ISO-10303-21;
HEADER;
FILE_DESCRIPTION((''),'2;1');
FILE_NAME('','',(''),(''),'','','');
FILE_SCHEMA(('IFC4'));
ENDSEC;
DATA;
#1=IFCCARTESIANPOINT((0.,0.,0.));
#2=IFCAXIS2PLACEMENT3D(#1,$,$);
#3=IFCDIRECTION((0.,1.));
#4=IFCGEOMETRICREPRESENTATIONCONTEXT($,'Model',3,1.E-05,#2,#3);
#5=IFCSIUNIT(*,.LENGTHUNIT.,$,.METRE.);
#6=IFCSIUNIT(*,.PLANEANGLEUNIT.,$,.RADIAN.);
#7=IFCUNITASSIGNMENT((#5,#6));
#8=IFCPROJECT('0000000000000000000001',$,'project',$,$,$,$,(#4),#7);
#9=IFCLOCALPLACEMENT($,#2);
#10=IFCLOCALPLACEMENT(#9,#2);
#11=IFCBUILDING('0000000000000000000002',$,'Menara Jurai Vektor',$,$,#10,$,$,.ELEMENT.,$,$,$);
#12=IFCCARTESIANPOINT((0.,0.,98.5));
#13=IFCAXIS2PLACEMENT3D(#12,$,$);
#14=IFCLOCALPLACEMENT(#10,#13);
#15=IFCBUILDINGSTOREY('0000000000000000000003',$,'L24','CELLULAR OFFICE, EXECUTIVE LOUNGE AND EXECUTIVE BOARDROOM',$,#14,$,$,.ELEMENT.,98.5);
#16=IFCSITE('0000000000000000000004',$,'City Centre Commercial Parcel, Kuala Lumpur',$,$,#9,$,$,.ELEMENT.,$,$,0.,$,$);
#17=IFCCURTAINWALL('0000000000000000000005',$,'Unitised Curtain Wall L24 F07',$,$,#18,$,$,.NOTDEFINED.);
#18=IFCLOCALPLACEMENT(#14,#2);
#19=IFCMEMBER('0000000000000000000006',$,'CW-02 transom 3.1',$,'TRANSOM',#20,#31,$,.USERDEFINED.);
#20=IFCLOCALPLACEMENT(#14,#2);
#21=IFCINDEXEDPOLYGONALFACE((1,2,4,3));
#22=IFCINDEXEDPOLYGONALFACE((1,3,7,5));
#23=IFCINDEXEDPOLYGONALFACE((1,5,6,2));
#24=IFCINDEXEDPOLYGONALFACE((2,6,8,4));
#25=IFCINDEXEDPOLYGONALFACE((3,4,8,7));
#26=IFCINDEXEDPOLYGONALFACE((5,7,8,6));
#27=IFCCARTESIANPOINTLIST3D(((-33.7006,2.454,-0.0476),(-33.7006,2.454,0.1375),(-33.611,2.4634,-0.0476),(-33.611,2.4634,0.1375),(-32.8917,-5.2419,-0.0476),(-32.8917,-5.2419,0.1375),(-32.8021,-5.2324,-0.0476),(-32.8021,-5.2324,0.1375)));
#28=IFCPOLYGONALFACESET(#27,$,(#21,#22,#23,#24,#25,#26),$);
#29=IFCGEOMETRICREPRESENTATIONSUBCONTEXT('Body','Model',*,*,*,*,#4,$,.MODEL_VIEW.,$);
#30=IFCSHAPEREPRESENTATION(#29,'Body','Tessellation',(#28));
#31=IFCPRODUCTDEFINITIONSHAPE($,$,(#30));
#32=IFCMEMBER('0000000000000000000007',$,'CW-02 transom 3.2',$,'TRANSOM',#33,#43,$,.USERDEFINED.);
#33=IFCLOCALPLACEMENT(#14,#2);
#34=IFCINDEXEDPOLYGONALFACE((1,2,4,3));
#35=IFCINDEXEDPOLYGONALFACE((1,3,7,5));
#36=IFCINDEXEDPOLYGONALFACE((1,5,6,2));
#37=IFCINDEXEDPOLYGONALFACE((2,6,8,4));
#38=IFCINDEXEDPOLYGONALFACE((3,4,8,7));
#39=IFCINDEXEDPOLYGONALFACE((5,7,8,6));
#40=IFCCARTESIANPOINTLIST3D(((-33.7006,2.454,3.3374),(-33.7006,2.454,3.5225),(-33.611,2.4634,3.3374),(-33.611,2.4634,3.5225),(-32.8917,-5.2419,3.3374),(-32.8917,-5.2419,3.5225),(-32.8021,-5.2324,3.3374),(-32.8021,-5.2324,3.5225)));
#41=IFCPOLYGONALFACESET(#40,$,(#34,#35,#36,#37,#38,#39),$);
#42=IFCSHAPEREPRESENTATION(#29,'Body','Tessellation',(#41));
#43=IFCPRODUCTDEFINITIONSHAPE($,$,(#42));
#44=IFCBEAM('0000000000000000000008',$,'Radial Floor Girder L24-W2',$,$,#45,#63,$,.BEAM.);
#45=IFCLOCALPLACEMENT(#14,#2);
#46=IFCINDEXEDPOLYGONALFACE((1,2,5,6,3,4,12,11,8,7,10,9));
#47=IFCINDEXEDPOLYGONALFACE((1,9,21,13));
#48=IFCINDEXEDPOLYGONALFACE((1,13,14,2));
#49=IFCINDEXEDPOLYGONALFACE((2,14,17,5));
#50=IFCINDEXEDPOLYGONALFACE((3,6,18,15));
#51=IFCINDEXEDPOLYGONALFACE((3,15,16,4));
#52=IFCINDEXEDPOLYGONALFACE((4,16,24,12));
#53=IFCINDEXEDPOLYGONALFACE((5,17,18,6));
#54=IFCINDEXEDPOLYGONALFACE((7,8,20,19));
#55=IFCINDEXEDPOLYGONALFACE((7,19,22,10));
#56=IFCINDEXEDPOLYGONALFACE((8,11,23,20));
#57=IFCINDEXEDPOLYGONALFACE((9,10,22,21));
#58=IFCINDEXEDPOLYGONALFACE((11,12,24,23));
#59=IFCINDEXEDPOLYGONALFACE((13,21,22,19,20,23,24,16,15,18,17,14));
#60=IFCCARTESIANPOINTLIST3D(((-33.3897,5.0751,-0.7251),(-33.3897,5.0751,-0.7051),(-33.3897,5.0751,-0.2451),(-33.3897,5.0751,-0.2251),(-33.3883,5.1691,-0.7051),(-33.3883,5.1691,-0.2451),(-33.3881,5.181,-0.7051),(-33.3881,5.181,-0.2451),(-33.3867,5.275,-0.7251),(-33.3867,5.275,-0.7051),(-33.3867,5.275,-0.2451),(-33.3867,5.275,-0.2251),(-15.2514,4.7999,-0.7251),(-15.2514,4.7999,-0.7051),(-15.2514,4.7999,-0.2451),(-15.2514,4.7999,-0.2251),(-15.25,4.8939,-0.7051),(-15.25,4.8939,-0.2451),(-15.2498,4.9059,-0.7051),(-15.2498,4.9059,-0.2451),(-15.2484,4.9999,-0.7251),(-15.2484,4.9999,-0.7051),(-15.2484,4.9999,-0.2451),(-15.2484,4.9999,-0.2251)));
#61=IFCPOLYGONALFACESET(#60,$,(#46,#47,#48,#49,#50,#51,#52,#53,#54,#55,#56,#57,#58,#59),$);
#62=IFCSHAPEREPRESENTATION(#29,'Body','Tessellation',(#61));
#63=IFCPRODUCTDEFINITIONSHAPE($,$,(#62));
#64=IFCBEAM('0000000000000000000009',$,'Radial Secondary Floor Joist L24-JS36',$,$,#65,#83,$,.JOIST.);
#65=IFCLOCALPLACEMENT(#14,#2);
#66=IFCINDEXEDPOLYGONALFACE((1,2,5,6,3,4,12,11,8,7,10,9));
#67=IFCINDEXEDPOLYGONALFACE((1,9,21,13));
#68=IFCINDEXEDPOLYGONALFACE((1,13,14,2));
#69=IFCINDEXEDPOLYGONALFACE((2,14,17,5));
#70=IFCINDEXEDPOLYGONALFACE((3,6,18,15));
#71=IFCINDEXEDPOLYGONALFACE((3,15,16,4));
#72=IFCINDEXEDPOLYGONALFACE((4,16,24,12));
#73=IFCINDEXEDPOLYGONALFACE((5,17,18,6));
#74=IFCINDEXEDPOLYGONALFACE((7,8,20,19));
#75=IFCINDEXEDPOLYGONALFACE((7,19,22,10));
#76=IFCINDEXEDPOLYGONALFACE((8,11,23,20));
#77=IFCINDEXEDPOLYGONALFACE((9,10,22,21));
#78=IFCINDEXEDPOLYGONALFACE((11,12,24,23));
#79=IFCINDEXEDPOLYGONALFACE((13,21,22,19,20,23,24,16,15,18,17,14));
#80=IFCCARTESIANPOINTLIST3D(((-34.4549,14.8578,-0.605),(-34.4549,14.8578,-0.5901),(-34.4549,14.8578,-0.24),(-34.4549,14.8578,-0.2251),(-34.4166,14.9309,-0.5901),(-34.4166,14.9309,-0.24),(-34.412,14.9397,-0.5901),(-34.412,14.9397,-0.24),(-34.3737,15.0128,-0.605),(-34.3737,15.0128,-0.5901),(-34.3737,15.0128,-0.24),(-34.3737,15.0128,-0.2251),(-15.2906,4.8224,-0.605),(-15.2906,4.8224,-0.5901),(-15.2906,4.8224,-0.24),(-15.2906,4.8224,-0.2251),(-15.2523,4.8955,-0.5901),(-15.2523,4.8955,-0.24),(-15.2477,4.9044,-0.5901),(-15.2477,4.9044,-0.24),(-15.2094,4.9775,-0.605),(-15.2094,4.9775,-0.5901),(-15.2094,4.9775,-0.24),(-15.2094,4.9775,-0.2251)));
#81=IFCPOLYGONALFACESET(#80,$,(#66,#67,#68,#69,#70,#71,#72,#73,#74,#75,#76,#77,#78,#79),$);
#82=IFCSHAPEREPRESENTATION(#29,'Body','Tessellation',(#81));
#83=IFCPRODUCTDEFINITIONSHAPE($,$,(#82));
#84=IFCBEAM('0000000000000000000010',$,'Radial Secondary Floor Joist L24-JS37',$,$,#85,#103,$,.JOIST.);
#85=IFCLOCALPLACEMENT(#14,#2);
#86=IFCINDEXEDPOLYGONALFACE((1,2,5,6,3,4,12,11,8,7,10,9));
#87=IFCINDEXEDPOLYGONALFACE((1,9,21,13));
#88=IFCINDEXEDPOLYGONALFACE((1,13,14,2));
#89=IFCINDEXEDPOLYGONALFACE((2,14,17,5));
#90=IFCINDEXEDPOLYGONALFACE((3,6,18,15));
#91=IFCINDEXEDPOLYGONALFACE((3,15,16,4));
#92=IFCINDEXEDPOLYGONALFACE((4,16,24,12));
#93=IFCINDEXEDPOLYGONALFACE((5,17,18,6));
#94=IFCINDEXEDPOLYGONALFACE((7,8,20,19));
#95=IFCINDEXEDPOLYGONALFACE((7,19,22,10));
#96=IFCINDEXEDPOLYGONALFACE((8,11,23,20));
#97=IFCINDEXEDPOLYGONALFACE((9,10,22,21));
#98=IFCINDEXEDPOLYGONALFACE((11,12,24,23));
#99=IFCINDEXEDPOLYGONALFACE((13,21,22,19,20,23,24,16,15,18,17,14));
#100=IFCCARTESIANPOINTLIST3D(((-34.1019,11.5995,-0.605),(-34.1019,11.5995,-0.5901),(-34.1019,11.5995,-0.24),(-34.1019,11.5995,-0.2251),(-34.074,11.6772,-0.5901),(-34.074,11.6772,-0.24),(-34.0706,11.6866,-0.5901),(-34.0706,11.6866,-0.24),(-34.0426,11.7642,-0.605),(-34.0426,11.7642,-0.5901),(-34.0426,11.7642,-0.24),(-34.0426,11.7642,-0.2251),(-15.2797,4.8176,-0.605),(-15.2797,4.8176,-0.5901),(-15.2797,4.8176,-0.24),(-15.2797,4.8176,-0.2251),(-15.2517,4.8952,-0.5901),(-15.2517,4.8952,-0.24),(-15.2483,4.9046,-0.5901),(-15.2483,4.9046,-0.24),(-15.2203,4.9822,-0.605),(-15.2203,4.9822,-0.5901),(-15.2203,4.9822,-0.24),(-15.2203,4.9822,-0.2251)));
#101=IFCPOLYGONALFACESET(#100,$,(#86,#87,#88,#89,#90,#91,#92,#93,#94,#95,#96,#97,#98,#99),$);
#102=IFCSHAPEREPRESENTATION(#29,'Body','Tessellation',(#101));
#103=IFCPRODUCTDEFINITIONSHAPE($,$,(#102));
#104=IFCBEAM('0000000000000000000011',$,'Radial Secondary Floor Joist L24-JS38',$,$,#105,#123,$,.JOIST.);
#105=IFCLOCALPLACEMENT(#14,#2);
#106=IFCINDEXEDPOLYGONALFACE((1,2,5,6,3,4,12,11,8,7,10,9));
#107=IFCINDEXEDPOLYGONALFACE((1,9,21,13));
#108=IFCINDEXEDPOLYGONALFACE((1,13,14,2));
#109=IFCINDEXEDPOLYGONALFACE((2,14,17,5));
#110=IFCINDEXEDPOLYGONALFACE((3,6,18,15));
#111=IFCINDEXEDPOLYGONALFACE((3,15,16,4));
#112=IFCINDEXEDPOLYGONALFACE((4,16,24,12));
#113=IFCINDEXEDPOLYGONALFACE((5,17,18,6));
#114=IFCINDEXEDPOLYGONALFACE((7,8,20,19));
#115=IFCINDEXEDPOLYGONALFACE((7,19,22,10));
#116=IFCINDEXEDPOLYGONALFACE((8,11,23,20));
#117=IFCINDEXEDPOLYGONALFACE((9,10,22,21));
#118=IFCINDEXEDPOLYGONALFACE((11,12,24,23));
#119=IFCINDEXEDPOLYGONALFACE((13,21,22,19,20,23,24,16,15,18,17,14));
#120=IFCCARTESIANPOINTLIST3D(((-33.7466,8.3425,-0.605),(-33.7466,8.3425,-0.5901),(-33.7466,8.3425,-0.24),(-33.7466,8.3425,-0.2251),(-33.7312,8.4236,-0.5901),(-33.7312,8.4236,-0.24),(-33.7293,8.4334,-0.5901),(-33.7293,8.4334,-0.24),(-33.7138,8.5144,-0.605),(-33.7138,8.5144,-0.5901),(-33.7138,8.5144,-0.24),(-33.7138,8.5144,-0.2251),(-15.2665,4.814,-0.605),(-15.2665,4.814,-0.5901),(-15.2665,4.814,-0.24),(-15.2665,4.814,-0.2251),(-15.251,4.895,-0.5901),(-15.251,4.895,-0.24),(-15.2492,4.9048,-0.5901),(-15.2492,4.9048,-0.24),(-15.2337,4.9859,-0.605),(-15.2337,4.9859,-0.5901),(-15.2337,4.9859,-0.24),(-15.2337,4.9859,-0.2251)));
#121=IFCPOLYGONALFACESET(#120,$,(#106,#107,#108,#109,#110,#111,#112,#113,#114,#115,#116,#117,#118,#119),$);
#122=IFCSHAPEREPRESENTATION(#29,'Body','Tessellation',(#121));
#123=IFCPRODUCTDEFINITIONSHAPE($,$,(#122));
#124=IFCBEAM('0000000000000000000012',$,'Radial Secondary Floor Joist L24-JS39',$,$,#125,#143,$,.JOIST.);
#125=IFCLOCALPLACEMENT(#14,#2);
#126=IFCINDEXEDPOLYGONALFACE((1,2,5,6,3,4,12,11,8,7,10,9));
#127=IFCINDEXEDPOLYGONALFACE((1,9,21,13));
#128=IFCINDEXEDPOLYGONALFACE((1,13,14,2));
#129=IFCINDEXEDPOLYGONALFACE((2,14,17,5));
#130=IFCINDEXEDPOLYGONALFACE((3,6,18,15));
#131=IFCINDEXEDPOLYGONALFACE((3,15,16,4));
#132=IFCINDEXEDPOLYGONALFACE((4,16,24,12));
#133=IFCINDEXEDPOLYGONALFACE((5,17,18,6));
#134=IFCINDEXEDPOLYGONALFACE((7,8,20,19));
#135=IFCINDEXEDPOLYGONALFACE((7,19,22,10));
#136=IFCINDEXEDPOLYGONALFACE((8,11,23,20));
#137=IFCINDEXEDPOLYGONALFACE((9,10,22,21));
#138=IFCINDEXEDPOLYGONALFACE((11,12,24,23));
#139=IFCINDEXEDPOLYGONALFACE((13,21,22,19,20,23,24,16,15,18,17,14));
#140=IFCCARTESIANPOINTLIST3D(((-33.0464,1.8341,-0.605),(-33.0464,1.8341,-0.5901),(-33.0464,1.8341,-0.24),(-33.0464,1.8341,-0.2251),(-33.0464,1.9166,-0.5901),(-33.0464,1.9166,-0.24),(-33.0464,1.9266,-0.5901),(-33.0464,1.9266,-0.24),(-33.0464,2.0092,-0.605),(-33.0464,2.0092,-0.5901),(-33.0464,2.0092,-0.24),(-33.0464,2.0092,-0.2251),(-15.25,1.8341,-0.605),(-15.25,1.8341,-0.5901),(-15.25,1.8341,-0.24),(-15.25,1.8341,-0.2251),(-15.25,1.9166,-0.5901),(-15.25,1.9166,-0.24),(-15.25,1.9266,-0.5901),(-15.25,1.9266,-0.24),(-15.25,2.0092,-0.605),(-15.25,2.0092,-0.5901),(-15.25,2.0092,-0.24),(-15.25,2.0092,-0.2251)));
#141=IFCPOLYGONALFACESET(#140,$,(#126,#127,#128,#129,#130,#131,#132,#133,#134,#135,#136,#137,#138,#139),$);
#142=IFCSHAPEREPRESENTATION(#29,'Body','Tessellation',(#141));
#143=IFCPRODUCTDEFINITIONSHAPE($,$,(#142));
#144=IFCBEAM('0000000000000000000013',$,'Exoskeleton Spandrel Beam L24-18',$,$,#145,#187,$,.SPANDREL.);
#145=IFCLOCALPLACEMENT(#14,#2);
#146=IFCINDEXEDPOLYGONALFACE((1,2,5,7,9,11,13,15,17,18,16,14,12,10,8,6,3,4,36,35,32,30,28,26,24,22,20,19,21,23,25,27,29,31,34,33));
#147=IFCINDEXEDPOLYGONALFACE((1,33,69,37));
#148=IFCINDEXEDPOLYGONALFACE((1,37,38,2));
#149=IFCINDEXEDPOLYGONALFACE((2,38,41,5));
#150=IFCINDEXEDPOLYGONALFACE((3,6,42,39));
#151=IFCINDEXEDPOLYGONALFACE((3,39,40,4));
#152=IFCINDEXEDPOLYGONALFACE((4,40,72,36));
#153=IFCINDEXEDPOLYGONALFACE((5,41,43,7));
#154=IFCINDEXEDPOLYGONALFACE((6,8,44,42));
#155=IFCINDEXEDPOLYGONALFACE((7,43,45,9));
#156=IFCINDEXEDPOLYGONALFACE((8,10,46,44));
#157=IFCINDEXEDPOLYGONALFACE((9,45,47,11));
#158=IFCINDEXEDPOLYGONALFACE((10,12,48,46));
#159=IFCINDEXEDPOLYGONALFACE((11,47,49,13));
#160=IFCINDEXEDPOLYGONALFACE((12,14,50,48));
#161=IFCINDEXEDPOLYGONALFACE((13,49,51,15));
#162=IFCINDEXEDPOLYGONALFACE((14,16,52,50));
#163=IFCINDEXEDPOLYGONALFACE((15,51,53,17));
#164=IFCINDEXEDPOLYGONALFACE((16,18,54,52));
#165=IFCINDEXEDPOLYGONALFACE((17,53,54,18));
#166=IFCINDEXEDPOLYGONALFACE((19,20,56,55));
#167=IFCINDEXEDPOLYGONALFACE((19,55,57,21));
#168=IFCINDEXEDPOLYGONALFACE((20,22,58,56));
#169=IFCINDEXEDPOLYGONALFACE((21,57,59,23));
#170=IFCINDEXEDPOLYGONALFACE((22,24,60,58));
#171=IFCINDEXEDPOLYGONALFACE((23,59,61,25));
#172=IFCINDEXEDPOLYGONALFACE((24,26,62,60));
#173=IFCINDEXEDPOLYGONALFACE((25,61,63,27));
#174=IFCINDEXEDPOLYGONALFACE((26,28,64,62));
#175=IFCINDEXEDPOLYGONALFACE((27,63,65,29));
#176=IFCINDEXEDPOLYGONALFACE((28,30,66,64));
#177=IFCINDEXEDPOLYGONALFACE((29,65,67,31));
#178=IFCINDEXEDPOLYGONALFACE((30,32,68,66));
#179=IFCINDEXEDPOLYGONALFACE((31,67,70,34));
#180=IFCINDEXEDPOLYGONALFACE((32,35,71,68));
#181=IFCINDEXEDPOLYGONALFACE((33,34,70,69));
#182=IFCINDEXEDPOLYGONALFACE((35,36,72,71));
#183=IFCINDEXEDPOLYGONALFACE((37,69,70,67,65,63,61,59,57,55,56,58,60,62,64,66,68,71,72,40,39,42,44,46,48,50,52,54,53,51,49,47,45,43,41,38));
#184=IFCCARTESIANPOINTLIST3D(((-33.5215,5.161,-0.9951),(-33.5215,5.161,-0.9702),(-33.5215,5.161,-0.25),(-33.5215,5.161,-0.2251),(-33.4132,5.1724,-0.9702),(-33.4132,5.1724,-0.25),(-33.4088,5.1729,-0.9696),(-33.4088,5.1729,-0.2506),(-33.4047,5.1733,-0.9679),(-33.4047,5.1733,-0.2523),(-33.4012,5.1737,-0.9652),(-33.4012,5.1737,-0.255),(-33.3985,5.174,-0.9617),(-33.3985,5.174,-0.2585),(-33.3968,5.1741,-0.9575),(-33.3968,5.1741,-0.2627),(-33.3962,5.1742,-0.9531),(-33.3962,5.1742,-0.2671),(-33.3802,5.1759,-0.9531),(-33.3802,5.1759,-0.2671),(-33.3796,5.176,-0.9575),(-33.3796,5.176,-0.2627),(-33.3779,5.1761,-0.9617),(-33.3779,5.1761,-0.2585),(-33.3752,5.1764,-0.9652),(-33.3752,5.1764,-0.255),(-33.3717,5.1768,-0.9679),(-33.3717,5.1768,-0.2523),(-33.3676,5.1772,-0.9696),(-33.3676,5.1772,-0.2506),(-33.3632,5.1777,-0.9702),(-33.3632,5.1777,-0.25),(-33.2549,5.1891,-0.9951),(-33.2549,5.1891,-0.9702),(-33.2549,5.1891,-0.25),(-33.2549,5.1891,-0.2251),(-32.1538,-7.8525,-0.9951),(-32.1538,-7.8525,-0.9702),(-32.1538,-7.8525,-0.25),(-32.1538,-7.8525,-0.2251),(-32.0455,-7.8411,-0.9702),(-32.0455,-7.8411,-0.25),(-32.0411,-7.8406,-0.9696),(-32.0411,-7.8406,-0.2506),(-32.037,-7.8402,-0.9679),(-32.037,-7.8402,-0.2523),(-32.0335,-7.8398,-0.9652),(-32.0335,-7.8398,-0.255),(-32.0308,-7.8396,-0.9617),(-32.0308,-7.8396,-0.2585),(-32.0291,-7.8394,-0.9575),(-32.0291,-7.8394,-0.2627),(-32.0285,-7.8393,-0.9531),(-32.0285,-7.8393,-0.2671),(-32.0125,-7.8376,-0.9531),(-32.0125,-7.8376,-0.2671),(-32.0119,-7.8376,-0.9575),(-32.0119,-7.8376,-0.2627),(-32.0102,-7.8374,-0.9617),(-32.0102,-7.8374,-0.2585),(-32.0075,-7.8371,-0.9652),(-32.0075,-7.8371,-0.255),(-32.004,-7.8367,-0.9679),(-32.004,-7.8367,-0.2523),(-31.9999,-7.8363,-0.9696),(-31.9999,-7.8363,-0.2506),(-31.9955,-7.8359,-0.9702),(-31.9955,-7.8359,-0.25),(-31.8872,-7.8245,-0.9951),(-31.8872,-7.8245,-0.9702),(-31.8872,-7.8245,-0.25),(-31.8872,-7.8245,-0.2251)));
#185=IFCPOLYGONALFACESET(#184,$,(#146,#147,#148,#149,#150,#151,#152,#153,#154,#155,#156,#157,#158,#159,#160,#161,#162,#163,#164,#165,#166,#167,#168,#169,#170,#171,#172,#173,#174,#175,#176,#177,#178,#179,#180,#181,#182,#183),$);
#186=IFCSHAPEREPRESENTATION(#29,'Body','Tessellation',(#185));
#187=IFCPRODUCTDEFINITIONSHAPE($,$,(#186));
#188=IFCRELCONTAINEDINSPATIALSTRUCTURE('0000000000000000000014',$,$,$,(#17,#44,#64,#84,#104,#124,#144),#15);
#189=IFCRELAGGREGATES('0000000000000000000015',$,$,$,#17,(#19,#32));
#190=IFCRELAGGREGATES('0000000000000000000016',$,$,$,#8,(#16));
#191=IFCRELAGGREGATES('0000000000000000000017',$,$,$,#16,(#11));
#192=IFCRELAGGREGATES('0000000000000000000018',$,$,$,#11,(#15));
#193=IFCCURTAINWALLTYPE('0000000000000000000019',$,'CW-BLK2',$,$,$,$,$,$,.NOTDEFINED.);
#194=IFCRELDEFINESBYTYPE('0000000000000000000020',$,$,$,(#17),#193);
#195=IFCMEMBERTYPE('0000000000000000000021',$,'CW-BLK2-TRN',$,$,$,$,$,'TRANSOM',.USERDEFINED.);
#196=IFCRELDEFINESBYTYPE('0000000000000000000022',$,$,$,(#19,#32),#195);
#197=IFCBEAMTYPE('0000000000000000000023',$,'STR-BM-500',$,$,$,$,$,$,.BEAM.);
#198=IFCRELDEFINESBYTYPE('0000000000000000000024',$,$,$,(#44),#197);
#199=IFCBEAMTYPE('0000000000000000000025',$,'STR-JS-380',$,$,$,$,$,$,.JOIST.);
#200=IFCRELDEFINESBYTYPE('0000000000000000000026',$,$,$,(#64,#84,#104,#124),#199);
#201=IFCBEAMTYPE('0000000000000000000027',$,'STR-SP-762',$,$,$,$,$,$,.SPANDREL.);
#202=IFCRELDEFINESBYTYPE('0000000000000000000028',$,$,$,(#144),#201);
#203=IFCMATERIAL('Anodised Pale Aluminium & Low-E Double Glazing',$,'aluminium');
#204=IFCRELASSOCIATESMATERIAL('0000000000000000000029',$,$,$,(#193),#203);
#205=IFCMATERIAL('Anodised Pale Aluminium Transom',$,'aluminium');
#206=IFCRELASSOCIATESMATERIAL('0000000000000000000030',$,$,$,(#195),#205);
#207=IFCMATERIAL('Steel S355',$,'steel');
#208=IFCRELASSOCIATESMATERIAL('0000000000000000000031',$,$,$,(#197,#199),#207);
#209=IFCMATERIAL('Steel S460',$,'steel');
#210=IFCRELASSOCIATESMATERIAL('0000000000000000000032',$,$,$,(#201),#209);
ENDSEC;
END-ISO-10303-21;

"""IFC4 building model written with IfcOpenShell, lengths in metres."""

from ifc_helpers import new_model, si_unit, direction, frame, origin, origin_2d, place, context, subcontext, project, spatial, rectangle, i_section, extrude, material, material_profile, profile_set, type_object, element, aggregate, save


model = new_model("IFC4")

# Units and contexts
model_context = context("Model", 3, precision=1e-05, world=origin(), true_north=direction((0.0, 1.0)))
body_context = subcontext(model_context, "Body", "Model", "MODEL_VIEW")
ifc_project = project(units=[si_unit("LENGTHUNIT", "METRE"), si_unit("PLANEANGLEUNIT", "RADIAN")], contexts=[model_context])

# Site, building, storey
site_placement = place(None, origin())
site = spatial("IfcSite", under=ifc_project, at=site_placement, Name="City Centre Commercial Parcel, Kuala Lumpur", CompositionType="ELEMENT", RefElevation=0.0)
building_placement = place(site_placement, origin())
building = spatial("IfcBuilding", under=site, at=building_placement, Name="Menara Jurai Vektor", CompositionType="ELEMENT")
storey_placement = place(building_placement, frame((0.0, 0.0, 98.5)))
storey = spatial("IfcBuildingStorey", under=building, at=storey_placement, Name="L24", Description="CELLULAR OFFICE, EXECUTIVE LOUNGE AND EXECUTIVE BOARDROOM", CompositionType="ELEMENT", Elevation=98.5)

# Shared definitions
ifc_material_1 = material(Name="Steel S460", Category="steel")

# Curtain wall, members
ifc_material_2 = material(Name="Anodised Pale Aluminium & Low-E Double Glazing", Category="aluminium")
curtain_wall_type = type_object("IfcCurtainWallType", Name="CW-BLK2", PredefinedType="NOTDEFINED", material=ifc_material_2)
curtain_wall_placement = place(storey_placement, origin())
curtain_wall = element("IfcCurtainWall", 1, at=curtain_wall_placement, inside=storey, type_object=curtain_wall_type, Name="Unitised Curtain Wall L24 F07", PredefinedType="NOTDEFINED")
ifc_material_3 = material(Name="Anodised Pale Aluminium Transom", Category="aluminium")
ifc_material_profile_1 = material_profile(ifc_material_3, rectangle(XDim=0.0901, YDim=0.1851, at=origin_2d()), Name="ALU TRN 90x185")
ifc_profile_set_1 = profile_set([ifc_material_profile_1], Name="Anodised Pale Aluminium Transom")
member_type_1 = type_object("IfcMemberType", Name="CW-BLK2-TRN", ElementType="TRANSOM", PredefinedType="USERDEFINED", material=ifc_profile_set_1)
member_1_placement = place(storey_placement, frame((-33.6558, 2.4587, 0.0449), z_axis=(0.104525, -0.994522, 0.0), x_axis=(0.994522, 0.104525, 0.0)))
member_1 = element("IfcMember", 2, at=member_1_placement, type_object=member_type_1, Name="CW-02 transom 3.1", ObjectType="TRANSOM", PredefinedType="USERDEFINED", context=body_context, shape_type="SweptSolid", body=[
    extrude(rectangle(XDim=0.0901, YDim=0.1851, at=origin_2d()), origin(), (0.0, 0.0, 1.0), 7.7383),
])
member_2_placement = place(storey_placement, frame((-33.6558, 2.4587, 3.4299), z_axis=(0.104525, -0.994522, 0.0), x_axis=(0.994522, 0.104525, 0.0)))
member_2 = element("IfcMember", 3, at=member_2_placement, type_object=member_type_1, Name="CW-02 transom 3.2", ObjectType="TRANSOM", PredefinedType="USERDEFINED", context=body_context, shape_type="SweptSolid", body=[
    extrude(rectangle(XDim=0.0901, YDim=0.1851, at=origin_2d()), origin(), (0.0, 0.0, 1.0), 7.7383),
])

# Beams
ifc_material_4 = material(Name="Steel S355", Category="steel")
ifc_material_profile_2 = material_profile(ifc_material_4, i_section(OverallWidth=0.2, OverallDepth=0.5, WebThickness=0.012, FlangeThickness=0.02, at=origin_2d()), Name="PG 500x200x96")
ifc_profile_set_2 = profile_set([ifc_material_profile_2], Name="Steel S355")
beam_type_1 = type_object("IfcBeamType", Name="STR-BM-500", PredefinedType="BEAM", material=ifc_profile_set_2)
beam_1_placement = place(storey_placement, frame((-33.3882, 5.175, -0.4751), z_axis=(0.999885, -0.015168, 0.0), x_axis=(0.015168, 0.999885, 0.0)))
element("IfcBeam", 4, at=beam_1_placement, inside=storey, type_object=beam_type_1, Name="Radial Floor Girder L24-W2", PredefinedType="BEAM", context=body_context, shape_type="SweptSolid", body=[
    extrude(i_section(OverallWidth=0.2, OverallDepth=0.5, WebThickness=0.012, FlangeThickness=0.02, at=origin_2d()), origin(), (0.0, 0.0, 1.0), 18.1404),
])
ifc_material_profile_3 = material_profile(ifc_material_4, i_section(OverallWidth=0.175, OverallDepth=0.3799, WebThickness=0.01, FlangeThickness=0.0149, at=origin_2d()), Name="PG 380x175x58")
ifc_profile_set_3 = profile_set([ifc_material_profile_3], Name="Steel S355")
beam_type_2 = type_object("IfcBeamType", Name="STR-JS-380", PredefinedType="JOIST", material=ifc_profile_set_3)
beam_2_placement = place(storey_placement, frame((-34.4143, 14.9353, -0.415), z_axis=(0.885889, -0.463897, 0.0), x_axis=(0.463897, 0.885889, 0.0)))
element("IfcBeam", 5, at=beam_2_placement, inside=storey, type_object=beam_type_2, Name="Radial Secondary Floor Joist L24-JS36", PredefinedType="JOIST", context=body_context, shape_type="SweptSolid", body=[
    extrude(i_section(OverallWidth=0.175, OverallDepth=0.3799, WebThickness=0.01, FlangeThickness=0.0149, at=origin_2d()), origin(), (0.0, 0.0, 1.0), 21.6328),
])
beam_3_placement = place(storey_placement, frame((-34.0723, 11.6819, -0.415), z_axis=(0.940792, -0.338983, 0.0), x_axis=(0.338983, 0.940792, 0.0)))
element("IfcBeam", 6, at=beam_3_placement, inside=storey, type_object=beam_type_2, Name="Radial Secondary Floor Joist L24-JS37", PredefinedType="JOIST", context=body_context, shape_type="SweptSolid", body=[
    extrude(i_section(OverallWidth=0.175, OverallDepth=0.3799, WebThickness=0.01, FlangeThickness=0.0149, at=origin_2d()), origin(), (0.0, 0.0, 1.0), 20.0068),
])
beam_4_placement = place(storey_placement, frame((-33.7302, 8.4285, -0.415), z_axis=(0.982255, -0.187549, 0.0), x_axis=(0.187549, 0.982255, 0.0)))
element("IfcBeam", 7, at=beam_4_placement, inside=storey, type_object=beam_type_2, Name="Radial Secondary Floor Joist L24-JS38", PredefinedType="JOIST", context=body_context, shape_type="SweptSolid", body=[
    extrude(i_section(OverallWidth=0.175, OverallDepth=0.3799, WebThickness=0.01, FlangeThickness=0.0149, at=origin_2d()), origin(), (0.0, 0.0, 1.0), 18.814),
])
beam_5_placement = place(storey_placement, frame((-33.0464, 1.9216, -0.415), z_axis=(1.0, 0.0, 0.0), x_axis=(0.0, 1.0, 0.0)))
element("IfcBeam", 8, at=beam_5_placement, inside=storey, type_object=beam_type_2, Name="Radial Secondary Floor Joist L24-JS39", PredefinedType="JOIST", context=body_context, shape_type="SweptSolid", body=[
    extrude(i_section(OverallWidth=0.175, OverallDepth=0.3799, WebThickness=0.01, FlangeThickness=0.0149, at=origin_2d()), origin(), (0.0, 0.0, 1.0), 17.7964),
])
ifc_material_profile_4 = material_profile(ifc_material_1, i_section(OverallWidth=0.2681, OverallDepth=0.77, WebThickness=0.0161, FlangeThickness=0.0249, FilletRadius=0.0171, at=origin_2d()), Name="UKB 762x267x197")
ifc_profile_set_4 = profile_set([ifc_material_profile_4], Name="Steel S460")
beam_type_3 = type_object("IfcBeamType", Name="STR-SP-762", PredefinedType="SPANDREL", material=ifc_profile_set_4)
beam_6_placement = place(storey_placement, frame((-33.3882, 5.175, -0.6101), z_axis=(0.104522, -0.994523, 0.0), x_axis=(0.994523, 0.104522, 0.0)))
element("IfcBeam", 9, at=beam_6_placement, inside=storey, type_object=beam_type_3, Name="Exoskeleton Spandrel Beam L24-18", PredefinedType="SPANDREL", context=body_context, shape_type="SweptSolid", body=[
    extrude(i_section(OverallWidth=0.2681, OverallDepth=0.77, WebThickness=0.0161, FlangeThickness=0.0249, FilletRadius=0.0171, at=origin_2d()), origin(), (0.0, 0.0, 1.0), 13.0852),
])

aggregate(curtain_wall, [member_1, member_2])

save(model, "model.ifc")
